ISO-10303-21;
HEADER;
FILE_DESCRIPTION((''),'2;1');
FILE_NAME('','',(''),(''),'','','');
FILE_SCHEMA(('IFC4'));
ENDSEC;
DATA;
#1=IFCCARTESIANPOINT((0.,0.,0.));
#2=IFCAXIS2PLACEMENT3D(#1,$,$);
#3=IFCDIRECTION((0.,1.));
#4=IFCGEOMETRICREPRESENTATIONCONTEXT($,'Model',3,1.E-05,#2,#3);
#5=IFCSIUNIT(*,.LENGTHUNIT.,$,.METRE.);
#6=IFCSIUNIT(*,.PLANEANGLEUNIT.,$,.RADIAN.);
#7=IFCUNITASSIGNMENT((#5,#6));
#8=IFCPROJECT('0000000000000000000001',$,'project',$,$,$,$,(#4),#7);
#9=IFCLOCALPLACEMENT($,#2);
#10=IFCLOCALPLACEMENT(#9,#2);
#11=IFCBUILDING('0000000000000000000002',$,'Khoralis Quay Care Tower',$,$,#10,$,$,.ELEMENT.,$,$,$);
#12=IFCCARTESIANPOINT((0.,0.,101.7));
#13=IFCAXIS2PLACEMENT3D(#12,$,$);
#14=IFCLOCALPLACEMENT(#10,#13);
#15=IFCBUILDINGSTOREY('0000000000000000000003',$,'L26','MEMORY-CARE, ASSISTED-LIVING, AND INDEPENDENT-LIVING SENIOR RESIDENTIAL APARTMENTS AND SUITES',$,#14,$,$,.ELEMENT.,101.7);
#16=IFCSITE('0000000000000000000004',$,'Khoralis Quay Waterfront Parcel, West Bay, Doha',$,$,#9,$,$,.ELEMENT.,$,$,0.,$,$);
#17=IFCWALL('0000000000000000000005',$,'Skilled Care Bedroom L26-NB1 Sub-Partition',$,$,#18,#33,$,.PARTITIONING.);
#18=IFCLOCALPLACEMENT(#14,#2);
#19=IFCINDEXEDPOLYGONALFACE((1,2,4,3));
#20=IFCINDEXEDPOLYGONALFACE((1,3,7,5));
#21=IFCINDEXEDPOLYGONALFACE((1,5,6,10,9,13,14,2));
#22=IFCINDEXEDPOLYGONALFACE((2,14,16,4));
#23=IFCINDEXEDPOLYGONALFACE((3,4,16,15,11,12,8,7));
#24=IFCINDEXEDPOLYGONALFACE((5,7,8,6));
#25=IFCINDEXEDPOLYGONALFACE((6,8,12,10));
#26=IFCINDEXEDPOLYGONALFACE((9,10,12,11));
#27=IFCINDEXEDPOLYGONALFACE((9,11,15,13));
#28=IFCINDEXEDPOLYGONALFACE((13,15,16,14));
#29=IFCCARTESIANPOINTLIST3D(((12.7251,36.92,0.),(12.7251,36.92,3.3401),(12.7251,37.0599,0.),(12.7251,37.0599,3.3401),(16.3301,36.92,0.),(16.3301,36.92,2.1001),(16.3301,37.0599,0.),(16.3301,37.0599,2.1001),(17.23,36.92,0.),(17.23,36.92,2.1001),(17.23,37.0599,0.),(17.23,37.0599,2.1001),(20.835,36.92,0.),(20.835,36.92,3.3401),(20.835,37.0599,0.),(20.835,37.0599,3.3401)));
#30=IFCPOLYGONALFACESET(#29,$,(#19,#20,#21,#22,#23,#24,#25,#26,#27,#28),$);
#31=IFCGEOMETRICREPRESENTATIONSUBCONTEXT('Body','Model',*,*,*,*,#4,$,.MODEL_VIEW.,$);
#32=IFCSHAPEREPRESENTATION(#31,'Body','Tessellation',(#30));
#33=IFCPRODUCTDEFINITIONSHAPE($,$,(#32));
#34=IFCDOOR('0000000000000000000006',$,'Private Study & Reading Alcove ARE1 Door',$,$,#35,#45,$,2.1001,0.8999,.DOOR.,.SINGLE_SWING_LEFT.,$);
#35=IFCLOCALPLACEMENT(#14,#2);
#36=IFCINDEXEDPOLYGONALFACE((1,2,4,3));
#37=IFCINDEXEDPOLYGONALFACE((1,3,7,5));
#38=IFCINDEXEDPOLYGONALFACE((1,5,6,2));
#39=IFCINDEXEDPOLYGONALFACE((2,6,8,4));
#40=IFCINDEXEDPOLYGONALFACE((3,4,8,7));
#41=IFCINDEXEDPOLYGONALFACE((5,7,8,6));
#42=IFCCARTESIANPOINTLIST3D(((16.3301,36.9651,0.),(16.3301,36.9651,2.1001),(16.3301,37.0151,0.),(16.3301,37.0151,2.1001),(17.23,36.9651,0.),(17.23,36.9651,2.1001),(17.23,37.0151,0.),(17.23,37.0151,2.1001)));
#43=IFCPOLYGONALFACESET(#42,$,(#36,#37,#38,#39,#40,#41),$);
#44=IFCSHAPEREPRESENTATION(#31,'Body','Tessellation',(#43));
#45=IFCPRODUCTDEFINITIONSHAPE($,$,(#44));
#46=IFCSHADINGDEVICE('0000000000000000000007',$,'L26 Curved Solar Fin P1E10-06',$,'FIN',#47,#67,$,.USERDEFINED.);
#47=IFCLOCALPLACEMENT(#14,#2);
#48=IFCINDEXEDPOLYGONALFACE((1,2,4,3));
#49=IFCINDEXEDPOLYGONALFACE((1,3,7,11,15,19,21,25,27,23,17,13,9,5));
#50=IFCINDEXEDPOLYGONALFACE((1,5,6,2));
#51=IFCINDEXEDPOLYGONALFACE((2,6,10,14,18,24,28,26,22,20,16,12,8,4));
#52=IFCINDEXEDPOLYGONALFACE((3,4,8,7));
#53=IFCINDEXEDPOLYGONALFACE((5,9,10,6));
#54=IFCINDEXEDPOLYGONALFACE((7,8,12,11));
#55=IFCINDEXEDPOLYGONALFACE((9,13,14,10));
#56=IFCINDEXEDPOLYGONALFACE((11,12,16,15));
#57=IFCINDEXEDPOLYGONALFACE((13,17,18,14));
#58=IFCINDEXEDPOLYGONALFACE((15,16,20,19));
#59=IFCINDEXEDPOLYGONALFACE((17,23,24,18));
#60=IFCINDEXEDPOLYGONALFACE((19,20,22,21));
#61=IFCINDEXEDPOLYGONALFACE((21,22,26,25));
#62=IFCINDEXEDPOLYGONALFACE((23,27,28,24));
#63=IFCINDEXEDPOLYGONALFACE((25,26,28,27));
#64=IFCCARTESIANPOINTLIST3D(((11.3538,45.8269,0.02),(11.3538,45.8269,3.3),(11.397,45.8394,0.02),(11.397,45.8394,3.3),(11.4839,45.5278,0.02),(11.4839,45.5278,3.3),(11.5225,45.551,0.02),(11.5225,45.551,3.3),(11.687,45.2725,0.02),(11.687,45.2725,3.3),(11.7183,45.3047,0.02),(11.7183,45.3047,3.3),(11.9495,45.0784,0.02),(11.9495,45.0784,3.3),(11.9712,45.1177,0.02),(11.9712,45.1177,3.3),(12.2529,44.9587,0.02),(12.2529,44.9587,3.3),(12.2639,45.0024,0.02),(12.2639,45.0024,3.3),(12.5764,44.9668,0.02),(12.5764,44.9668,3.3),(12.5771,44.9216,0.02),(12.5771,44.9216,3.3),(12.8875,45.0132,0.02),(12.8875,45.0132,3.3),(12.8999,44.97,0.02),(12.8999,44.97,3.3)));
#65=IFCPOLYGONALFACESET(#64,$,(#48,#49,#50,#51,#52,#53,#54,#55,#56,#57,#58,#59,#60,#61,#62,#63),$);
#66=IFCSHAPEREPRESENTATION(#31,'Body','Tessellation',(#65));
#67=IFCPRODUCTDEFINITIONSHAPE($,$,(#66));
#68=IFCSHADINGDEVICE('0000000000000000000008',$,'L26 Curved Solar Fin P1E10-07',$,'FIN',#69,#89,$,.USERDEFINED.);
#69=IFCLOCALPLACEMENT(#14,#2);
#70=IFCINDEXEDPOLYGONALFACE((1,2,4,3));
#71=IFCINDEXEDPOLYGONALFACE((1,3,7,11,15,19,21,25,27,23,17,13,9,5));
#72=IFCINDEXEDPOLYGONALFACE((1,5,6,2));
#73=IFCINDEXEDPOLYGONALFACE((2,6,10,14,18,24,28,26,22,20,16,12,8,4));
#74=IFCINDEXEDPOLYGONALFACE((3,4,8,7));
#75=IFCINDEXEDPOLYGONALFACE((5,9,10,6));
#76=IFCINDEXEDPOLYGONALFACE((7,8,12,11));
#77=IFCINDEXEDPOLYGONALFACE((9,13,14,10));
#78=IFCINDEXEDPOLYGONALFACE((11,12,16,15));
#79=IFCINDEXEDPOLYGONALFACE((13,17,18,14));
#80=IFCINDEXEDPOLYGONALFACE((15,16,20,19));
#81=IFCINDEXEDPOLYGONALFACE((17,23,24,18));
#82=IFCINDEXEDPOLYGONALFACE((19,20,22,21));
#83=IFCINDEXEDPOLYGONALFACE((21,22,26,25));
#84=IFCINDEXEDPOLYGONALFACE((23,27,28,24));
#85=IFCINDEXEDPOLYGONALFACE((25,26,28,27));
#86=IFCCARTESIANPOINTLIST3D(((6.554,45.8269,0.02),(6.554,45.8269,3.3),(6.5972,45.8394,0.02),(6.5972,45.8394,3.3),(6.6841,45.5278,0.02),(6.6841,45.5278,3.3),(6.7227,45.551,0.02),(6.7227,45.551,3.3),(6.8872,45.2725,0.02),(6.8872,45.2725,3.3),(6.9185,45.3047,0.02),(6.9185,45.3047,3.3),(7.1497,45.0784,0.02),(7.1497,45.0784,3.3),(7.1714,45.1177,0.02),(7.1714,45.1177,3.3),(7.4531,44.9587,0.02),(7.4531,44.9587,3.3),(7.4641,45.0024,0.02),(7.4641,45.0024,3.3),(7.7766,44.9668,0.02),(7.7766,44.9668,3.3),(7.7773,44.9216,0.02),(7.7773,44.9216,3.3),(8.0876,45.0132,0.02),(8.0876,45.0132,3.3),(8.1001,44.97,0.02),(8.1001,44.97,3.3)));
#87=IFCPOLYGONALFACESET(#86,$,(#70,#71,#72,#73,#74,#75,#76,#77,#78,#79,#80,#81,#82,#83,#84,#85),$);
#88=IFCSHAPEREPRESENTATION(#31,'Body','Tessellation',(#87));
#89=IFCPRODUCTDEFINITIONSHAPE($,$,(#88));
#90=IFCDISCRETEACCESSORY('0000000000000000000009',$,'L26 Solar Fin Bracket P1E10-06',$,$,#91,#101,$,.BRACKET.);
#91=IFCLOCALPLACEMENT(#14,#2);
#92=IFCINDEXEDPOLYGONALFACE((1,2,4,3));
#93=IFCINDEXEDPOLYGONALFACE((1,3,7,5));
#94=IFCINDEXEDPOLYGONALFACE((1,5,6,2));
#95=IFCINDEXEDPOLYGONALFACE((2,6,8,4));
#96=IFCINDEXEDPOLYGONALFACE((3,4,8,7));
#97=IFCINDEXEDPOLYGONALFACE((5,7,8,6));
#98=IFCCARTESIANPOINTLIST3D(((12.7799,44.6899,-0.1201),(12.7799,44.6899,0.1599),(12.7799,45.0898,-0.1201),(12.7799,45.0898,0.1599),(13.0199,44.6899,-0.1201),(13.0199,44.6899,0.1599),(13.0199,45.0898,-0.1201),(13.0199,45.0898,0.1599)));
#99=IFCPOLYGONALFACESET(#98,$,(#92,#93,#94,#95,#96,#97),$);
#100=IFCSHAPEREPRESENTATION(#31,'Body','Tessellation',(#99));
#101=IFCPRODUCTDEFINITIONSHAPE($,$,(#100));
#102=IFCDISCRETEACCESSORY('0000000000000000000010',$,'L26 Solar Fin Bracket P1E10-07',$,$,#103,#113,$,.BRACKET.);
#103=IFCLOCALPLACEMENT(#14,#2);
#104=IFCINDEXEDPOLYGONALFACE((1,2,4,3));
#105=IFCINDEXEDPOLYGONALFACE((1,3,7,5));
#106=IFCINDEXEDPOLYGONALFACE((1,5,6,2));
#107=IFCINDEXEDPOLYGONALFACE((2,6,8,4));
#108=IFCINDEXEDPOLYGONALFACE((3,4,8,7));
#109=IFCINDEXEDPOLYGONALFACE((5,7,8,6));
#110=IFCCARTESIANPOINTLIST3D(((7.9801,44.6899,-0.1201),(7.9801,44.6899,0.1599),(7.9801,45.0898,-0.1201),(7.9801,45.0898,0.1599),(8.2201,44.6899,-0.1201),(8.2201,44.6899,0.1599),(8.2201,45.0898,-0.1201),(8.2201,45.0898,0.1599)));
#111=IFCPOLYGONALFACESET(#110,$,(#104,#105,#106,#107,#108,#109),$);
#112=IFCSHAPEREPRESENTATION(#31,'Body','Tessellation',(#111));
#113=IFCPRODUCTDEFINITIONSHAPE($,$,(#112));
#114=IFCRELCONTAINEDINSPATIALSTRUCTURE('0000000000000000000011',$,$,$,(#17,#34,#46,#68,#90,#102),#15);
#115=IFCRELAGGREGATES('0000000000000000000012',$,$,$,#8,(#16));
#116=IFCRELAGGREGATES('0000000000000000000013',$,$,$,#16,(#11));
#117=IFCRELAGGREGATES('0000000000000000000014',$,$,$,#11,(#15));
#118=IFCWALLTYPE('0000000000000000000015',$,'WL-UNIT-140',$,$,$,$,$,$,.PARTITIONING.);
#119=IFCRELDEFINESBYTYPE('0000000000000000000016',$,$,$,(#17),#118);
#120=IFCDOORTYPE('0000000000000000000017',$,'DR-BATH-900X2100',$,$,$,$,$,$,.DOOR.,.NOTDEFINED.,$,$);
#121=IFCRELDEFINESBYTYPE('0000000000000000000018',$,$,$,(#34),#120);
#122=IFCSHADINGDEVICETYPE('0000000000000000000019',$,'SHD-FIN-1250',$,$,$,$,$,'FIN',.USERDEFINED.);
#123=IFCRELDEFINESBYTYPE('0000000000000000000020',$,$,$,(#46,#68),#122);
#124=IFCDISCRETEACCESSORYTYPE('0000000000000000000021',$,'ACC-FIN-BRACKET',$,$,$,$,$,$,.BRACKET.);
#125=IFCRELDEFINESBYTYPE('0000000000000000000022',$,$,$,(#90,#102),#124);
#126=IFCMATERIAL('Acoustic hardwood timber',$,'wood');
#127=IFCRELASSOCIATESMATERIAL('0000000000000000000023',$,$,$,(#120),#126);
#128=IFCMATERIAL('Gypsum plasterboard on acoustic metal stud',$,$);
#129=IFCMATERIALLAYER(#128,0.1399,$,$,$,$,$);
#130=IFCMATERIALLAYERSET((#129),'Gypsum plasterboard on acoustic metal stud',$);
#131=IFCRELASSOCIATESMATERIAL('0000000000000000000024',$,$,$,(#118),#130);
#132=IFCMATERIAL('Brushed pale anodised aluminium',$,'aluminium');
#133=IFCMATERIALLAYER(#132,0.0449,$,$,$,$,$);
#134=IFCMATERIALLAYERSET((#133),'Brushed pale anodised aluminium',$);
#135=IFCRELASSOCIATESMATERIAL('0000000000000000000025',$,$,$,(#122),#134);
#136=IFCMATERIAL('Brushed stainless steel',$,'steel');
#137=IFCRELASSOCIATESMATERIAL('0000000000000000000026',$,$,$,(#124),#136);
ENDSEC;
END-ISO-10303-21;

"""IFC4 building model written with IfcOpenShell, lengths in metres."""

from ifc_helpers import new_model, si_unit, direction, frame, frame_2d, origin, origin_2d, place, context, subcontext, project, spatial, polyline, rectangle, outline, extrude, source, transform, mapped, material, layer, layer_set, type_object, element, fill, save


model = new_model("IFC4")

# Units and contexts
model_context = context("Model", 3, precision=1e-05, world=origin(), true_north=direction((0.0, 1.0)))
body_context = subcontext(model_context, "Body", "Model", "MODEL_VIEW")
ifc_project = project(units=[si_unit("LENGTHUNIT", "METRE"), si_unit("PLANEANGLEUNIT", "RADIAN")], contexts=[model_context])

# Site, building, storey
site_placement = place(None, origin())
site = spatial("IfcSite", under=ifc_project, at=site_placement, Name="Khoralis Quay Waterfront Parcel, West Bay, Doha", CompositionType="ELEMENT", RefElevation=0.0)
building_placement = place(site_placement, origin())
building = spatial("IfcBuilding", under=site, at=building_placement, Name="Khoralis Quay Care Tower", CompositionType="ELEMENT")
storey_placement = place(building_placement, frame((0.0, 0.0, 101.7)))
storey = spatial("IfcBuildingStorey", under=building, at=storey_placement, Name="L26", Description="MEMORY-CARE, ASSISTED-LIVING, AND INDEPENDENT-LIVING SENIOR RESIDENTIAL APARTMENTS AND SUITES", CompositionType="ELEMENT", Elevation=101.7)

# Shared definitions
ifc_material_1 = material(Name="Acoustic hardwood timber", Category="wood")
door_type = type_object("IfcDoorType", Name="DR-BATH-900X2100", OperationType="NOTDEFINED", PredefinedType="DOOR", material=ifc_material_1)
shared_shape_1 = source(origin(), body_context, "Body", "SweptSolid", [
    extrude(rectangle(XDim=0.8999, YDim=2.1001, at=frame_2d((0.45, 1.05))), frame((0.0, 0.0249, 0.0), z_axis=(0.0, -1.0, 0.0), x_axis=(1.0, 0.0, 0.0)), (0.0, 0.0, 1.0), 0.05),
])

# Shared definitions
ifc_material_2 = material(Name="Gypsum plasterboard on acoustic metal stud")
ifc_layer_1 = layer(ifc_material_2, 0.1399)
ifc_layer_set_1 = layer_set([ifc_layer_1], Name="Gypsum plasterboard on acoustic metal stud")
wall_type_1 = type_object("IfcWallType", Name="WL-UNIT-140", PredefinedType="PARTITIONING", material=ifc_layer_set_1)

# Wall, opening, door
wall_1_placement = place(storey_placement, frame((12.7251, 36.99, 0.0), z_axis=(0.0, 0.0, 1.0), x_axis=(1.0, 0.0, 0.0)))
wall_1 = element("IfcWall", 1, at=wall_1_placement, inside=storey, type_object=wall_type_1, Name="Skilled Care Bedroom L26-NB1 Sub-Partition", PredefinedType="PARTITIONING", context=body_context, shape_type="SweptSolid", body=[
    extrude(rectangle(XDim=8.1099, YDim=0.1399, at=frame_2d((4.0549, 0.0))), origin(), (0.0, 0.0, 1.0), 3.3401),
])
opening_1_placement = place(wall_1_placement, frame((3.605, 0.0, 0.0)))
opening_1 = element("IfcOpeningElement", 2, at=opening_1_placement, cuts=wall_1, PredefinedType="OPENING", context=body_context, shape_type="SweptSolid", body=[
    extrude(rectangle(XDim=0.8999, YDim=2.1001, at=frame_2d((0.45, 1.05))), frame((0.0, 0.0801, 0.0), z_axis=(0.0, -1.0, 0.0), x_axis=(1.0, 0.0, 0.0)), (0.0, 0.0, 1.0), 0.1599),
])
door_1_placement = place(opening_1_placement, frame((0.8999, 0.0, 0.0), z_axis=(0.0, 0.0, 1.0), x_axis=(-1.0, 0.0, 0.0)))
door_1 = element("IfcDoor", 3, at=door_1_placement, inside=storey, type_object=door_type, Name="Private Study & Reading Alcove ARE1 Door", OperationType="SINGLE_SWING_LEFT", OverallHeight=2.1001, OverallWidth=0.8999, PredefinedType="DOOR", context=body_context, shape_type="MappedRepresentation", body=[
    mapped(shared_shape_1, transform((0.0, 0.0, 0.0), scale=1.0)),
])
fill(opening_1, door_1)

# Shading devices
ifc_material_3 = material(Name="Brushed pale anodised aluminium", Category="aluminium")
ifc_layer_2 = layer(ifc_material_3, 0.0449)
ifc_layer_set_2 = layer_set([ifc_layer_2], Name="Brushed pale anodised aluminium")
shading_device_type = type_object("IfcShadingDeviceType", Name="SHD-FIN-1250", ElementType="FIN", PredefinedType="USERDEFINED", material=ifc_layer_set_2)
shared_shape_2 = source(origin(), body_context, "Body", "SweptSolid", [
    extrude(outline(polyline([(0.0, 0.0), (-0.0483, 0.3228), (-0.0112, 0.647), (0.1084, 0.9504), (0.3025, 1.2129), (0.5579, 1.416), (0.8569, 1.5461), (0.8694, 1.5029), (0.5811, 1.3774), (0.3347, 1.1816), (0.1477, 0.9287), (0.0325, 0.636), (-0.0032, 0.3235), (0.0432, 0.0125), (0.0, 0.0)])), origin(), (0.0, 0.0, 1.0), 3.28),
])
for number, where, z_axis, x_axis, name in (
    (4, (12.8999, 44.97, 0.02), (0.0, 0.0, 1.0), (0.0, 1.0, 0.0), "L26 Curved Solar Fin P1E10-06"),
    (5, (8.1001, 44.97, 0.02), (0.0, 0.0, 1.0), (0.0, 1.0, 0.0), "L26 Curved Solar Fin P1E10-07"),
):
    element("IfcShadingDevice", number, at=place(storey_placement, frame(where, z_axis=z_axis, x_axis=x_axis)), inside=storey, type_object=shading_device_type, Name=name, ObjectType="FIN", PredefinedType="USERDEFINED", context=body_context, shape_type="MappedRepresentation", body=[
        mapped(shared_shape_2, transform((0.0, 0.0, 0.0), scale=1.0)),
    ])

# Discrete accessories
ifc_material_4 = material(Name="Brushed stainless steel", Category="steel")
discrete_accessory_type = type_object("IfcDiscreteAccessoryType", Name="ACC-FIN-BRACKET", PredefinedType="BRACKET", material=ifc_material_4)
shared_shape_3 = source(origin(), body_context, "Body", "SweptSolid", [
    extrude(rectangle(XDim=0.3999, YDim=0.24, at=origin_2d()), origin(), (0.0, 0.0, 1.0), 0.28),
])
for number, where, z_axis, x_axis, name in (
    (6, (12.8999, 44.8899, -0.1201), (0.0, 0.0, 1.0), (0.0, 1.0, 0.0), "L26 Solar Fin Bracket P1E10-06"),
    (7, (8.1001, 44.8899, -0.1201), (0.0, 0.0, 1.0), (0.0, 1.0, 0.0), "L26 Solar Fin Bracket P1E10-07"),
):
    element("IfcDiscreteAccessory", number, at=place(storey_placement, frame(where, z_axis=z_axis, x_axis=x_axis)), inside=storey, type_object=discrete_accessory_type, Name=name, PredefinedType="BRACKET", context=body_context, shape_type="MappedRepresentation", body=[
        mapped(shared_shape_3, transform((0.0, 0.0, 0.0), scale=1.0)),
    ])

save(model, "model.ifc")
